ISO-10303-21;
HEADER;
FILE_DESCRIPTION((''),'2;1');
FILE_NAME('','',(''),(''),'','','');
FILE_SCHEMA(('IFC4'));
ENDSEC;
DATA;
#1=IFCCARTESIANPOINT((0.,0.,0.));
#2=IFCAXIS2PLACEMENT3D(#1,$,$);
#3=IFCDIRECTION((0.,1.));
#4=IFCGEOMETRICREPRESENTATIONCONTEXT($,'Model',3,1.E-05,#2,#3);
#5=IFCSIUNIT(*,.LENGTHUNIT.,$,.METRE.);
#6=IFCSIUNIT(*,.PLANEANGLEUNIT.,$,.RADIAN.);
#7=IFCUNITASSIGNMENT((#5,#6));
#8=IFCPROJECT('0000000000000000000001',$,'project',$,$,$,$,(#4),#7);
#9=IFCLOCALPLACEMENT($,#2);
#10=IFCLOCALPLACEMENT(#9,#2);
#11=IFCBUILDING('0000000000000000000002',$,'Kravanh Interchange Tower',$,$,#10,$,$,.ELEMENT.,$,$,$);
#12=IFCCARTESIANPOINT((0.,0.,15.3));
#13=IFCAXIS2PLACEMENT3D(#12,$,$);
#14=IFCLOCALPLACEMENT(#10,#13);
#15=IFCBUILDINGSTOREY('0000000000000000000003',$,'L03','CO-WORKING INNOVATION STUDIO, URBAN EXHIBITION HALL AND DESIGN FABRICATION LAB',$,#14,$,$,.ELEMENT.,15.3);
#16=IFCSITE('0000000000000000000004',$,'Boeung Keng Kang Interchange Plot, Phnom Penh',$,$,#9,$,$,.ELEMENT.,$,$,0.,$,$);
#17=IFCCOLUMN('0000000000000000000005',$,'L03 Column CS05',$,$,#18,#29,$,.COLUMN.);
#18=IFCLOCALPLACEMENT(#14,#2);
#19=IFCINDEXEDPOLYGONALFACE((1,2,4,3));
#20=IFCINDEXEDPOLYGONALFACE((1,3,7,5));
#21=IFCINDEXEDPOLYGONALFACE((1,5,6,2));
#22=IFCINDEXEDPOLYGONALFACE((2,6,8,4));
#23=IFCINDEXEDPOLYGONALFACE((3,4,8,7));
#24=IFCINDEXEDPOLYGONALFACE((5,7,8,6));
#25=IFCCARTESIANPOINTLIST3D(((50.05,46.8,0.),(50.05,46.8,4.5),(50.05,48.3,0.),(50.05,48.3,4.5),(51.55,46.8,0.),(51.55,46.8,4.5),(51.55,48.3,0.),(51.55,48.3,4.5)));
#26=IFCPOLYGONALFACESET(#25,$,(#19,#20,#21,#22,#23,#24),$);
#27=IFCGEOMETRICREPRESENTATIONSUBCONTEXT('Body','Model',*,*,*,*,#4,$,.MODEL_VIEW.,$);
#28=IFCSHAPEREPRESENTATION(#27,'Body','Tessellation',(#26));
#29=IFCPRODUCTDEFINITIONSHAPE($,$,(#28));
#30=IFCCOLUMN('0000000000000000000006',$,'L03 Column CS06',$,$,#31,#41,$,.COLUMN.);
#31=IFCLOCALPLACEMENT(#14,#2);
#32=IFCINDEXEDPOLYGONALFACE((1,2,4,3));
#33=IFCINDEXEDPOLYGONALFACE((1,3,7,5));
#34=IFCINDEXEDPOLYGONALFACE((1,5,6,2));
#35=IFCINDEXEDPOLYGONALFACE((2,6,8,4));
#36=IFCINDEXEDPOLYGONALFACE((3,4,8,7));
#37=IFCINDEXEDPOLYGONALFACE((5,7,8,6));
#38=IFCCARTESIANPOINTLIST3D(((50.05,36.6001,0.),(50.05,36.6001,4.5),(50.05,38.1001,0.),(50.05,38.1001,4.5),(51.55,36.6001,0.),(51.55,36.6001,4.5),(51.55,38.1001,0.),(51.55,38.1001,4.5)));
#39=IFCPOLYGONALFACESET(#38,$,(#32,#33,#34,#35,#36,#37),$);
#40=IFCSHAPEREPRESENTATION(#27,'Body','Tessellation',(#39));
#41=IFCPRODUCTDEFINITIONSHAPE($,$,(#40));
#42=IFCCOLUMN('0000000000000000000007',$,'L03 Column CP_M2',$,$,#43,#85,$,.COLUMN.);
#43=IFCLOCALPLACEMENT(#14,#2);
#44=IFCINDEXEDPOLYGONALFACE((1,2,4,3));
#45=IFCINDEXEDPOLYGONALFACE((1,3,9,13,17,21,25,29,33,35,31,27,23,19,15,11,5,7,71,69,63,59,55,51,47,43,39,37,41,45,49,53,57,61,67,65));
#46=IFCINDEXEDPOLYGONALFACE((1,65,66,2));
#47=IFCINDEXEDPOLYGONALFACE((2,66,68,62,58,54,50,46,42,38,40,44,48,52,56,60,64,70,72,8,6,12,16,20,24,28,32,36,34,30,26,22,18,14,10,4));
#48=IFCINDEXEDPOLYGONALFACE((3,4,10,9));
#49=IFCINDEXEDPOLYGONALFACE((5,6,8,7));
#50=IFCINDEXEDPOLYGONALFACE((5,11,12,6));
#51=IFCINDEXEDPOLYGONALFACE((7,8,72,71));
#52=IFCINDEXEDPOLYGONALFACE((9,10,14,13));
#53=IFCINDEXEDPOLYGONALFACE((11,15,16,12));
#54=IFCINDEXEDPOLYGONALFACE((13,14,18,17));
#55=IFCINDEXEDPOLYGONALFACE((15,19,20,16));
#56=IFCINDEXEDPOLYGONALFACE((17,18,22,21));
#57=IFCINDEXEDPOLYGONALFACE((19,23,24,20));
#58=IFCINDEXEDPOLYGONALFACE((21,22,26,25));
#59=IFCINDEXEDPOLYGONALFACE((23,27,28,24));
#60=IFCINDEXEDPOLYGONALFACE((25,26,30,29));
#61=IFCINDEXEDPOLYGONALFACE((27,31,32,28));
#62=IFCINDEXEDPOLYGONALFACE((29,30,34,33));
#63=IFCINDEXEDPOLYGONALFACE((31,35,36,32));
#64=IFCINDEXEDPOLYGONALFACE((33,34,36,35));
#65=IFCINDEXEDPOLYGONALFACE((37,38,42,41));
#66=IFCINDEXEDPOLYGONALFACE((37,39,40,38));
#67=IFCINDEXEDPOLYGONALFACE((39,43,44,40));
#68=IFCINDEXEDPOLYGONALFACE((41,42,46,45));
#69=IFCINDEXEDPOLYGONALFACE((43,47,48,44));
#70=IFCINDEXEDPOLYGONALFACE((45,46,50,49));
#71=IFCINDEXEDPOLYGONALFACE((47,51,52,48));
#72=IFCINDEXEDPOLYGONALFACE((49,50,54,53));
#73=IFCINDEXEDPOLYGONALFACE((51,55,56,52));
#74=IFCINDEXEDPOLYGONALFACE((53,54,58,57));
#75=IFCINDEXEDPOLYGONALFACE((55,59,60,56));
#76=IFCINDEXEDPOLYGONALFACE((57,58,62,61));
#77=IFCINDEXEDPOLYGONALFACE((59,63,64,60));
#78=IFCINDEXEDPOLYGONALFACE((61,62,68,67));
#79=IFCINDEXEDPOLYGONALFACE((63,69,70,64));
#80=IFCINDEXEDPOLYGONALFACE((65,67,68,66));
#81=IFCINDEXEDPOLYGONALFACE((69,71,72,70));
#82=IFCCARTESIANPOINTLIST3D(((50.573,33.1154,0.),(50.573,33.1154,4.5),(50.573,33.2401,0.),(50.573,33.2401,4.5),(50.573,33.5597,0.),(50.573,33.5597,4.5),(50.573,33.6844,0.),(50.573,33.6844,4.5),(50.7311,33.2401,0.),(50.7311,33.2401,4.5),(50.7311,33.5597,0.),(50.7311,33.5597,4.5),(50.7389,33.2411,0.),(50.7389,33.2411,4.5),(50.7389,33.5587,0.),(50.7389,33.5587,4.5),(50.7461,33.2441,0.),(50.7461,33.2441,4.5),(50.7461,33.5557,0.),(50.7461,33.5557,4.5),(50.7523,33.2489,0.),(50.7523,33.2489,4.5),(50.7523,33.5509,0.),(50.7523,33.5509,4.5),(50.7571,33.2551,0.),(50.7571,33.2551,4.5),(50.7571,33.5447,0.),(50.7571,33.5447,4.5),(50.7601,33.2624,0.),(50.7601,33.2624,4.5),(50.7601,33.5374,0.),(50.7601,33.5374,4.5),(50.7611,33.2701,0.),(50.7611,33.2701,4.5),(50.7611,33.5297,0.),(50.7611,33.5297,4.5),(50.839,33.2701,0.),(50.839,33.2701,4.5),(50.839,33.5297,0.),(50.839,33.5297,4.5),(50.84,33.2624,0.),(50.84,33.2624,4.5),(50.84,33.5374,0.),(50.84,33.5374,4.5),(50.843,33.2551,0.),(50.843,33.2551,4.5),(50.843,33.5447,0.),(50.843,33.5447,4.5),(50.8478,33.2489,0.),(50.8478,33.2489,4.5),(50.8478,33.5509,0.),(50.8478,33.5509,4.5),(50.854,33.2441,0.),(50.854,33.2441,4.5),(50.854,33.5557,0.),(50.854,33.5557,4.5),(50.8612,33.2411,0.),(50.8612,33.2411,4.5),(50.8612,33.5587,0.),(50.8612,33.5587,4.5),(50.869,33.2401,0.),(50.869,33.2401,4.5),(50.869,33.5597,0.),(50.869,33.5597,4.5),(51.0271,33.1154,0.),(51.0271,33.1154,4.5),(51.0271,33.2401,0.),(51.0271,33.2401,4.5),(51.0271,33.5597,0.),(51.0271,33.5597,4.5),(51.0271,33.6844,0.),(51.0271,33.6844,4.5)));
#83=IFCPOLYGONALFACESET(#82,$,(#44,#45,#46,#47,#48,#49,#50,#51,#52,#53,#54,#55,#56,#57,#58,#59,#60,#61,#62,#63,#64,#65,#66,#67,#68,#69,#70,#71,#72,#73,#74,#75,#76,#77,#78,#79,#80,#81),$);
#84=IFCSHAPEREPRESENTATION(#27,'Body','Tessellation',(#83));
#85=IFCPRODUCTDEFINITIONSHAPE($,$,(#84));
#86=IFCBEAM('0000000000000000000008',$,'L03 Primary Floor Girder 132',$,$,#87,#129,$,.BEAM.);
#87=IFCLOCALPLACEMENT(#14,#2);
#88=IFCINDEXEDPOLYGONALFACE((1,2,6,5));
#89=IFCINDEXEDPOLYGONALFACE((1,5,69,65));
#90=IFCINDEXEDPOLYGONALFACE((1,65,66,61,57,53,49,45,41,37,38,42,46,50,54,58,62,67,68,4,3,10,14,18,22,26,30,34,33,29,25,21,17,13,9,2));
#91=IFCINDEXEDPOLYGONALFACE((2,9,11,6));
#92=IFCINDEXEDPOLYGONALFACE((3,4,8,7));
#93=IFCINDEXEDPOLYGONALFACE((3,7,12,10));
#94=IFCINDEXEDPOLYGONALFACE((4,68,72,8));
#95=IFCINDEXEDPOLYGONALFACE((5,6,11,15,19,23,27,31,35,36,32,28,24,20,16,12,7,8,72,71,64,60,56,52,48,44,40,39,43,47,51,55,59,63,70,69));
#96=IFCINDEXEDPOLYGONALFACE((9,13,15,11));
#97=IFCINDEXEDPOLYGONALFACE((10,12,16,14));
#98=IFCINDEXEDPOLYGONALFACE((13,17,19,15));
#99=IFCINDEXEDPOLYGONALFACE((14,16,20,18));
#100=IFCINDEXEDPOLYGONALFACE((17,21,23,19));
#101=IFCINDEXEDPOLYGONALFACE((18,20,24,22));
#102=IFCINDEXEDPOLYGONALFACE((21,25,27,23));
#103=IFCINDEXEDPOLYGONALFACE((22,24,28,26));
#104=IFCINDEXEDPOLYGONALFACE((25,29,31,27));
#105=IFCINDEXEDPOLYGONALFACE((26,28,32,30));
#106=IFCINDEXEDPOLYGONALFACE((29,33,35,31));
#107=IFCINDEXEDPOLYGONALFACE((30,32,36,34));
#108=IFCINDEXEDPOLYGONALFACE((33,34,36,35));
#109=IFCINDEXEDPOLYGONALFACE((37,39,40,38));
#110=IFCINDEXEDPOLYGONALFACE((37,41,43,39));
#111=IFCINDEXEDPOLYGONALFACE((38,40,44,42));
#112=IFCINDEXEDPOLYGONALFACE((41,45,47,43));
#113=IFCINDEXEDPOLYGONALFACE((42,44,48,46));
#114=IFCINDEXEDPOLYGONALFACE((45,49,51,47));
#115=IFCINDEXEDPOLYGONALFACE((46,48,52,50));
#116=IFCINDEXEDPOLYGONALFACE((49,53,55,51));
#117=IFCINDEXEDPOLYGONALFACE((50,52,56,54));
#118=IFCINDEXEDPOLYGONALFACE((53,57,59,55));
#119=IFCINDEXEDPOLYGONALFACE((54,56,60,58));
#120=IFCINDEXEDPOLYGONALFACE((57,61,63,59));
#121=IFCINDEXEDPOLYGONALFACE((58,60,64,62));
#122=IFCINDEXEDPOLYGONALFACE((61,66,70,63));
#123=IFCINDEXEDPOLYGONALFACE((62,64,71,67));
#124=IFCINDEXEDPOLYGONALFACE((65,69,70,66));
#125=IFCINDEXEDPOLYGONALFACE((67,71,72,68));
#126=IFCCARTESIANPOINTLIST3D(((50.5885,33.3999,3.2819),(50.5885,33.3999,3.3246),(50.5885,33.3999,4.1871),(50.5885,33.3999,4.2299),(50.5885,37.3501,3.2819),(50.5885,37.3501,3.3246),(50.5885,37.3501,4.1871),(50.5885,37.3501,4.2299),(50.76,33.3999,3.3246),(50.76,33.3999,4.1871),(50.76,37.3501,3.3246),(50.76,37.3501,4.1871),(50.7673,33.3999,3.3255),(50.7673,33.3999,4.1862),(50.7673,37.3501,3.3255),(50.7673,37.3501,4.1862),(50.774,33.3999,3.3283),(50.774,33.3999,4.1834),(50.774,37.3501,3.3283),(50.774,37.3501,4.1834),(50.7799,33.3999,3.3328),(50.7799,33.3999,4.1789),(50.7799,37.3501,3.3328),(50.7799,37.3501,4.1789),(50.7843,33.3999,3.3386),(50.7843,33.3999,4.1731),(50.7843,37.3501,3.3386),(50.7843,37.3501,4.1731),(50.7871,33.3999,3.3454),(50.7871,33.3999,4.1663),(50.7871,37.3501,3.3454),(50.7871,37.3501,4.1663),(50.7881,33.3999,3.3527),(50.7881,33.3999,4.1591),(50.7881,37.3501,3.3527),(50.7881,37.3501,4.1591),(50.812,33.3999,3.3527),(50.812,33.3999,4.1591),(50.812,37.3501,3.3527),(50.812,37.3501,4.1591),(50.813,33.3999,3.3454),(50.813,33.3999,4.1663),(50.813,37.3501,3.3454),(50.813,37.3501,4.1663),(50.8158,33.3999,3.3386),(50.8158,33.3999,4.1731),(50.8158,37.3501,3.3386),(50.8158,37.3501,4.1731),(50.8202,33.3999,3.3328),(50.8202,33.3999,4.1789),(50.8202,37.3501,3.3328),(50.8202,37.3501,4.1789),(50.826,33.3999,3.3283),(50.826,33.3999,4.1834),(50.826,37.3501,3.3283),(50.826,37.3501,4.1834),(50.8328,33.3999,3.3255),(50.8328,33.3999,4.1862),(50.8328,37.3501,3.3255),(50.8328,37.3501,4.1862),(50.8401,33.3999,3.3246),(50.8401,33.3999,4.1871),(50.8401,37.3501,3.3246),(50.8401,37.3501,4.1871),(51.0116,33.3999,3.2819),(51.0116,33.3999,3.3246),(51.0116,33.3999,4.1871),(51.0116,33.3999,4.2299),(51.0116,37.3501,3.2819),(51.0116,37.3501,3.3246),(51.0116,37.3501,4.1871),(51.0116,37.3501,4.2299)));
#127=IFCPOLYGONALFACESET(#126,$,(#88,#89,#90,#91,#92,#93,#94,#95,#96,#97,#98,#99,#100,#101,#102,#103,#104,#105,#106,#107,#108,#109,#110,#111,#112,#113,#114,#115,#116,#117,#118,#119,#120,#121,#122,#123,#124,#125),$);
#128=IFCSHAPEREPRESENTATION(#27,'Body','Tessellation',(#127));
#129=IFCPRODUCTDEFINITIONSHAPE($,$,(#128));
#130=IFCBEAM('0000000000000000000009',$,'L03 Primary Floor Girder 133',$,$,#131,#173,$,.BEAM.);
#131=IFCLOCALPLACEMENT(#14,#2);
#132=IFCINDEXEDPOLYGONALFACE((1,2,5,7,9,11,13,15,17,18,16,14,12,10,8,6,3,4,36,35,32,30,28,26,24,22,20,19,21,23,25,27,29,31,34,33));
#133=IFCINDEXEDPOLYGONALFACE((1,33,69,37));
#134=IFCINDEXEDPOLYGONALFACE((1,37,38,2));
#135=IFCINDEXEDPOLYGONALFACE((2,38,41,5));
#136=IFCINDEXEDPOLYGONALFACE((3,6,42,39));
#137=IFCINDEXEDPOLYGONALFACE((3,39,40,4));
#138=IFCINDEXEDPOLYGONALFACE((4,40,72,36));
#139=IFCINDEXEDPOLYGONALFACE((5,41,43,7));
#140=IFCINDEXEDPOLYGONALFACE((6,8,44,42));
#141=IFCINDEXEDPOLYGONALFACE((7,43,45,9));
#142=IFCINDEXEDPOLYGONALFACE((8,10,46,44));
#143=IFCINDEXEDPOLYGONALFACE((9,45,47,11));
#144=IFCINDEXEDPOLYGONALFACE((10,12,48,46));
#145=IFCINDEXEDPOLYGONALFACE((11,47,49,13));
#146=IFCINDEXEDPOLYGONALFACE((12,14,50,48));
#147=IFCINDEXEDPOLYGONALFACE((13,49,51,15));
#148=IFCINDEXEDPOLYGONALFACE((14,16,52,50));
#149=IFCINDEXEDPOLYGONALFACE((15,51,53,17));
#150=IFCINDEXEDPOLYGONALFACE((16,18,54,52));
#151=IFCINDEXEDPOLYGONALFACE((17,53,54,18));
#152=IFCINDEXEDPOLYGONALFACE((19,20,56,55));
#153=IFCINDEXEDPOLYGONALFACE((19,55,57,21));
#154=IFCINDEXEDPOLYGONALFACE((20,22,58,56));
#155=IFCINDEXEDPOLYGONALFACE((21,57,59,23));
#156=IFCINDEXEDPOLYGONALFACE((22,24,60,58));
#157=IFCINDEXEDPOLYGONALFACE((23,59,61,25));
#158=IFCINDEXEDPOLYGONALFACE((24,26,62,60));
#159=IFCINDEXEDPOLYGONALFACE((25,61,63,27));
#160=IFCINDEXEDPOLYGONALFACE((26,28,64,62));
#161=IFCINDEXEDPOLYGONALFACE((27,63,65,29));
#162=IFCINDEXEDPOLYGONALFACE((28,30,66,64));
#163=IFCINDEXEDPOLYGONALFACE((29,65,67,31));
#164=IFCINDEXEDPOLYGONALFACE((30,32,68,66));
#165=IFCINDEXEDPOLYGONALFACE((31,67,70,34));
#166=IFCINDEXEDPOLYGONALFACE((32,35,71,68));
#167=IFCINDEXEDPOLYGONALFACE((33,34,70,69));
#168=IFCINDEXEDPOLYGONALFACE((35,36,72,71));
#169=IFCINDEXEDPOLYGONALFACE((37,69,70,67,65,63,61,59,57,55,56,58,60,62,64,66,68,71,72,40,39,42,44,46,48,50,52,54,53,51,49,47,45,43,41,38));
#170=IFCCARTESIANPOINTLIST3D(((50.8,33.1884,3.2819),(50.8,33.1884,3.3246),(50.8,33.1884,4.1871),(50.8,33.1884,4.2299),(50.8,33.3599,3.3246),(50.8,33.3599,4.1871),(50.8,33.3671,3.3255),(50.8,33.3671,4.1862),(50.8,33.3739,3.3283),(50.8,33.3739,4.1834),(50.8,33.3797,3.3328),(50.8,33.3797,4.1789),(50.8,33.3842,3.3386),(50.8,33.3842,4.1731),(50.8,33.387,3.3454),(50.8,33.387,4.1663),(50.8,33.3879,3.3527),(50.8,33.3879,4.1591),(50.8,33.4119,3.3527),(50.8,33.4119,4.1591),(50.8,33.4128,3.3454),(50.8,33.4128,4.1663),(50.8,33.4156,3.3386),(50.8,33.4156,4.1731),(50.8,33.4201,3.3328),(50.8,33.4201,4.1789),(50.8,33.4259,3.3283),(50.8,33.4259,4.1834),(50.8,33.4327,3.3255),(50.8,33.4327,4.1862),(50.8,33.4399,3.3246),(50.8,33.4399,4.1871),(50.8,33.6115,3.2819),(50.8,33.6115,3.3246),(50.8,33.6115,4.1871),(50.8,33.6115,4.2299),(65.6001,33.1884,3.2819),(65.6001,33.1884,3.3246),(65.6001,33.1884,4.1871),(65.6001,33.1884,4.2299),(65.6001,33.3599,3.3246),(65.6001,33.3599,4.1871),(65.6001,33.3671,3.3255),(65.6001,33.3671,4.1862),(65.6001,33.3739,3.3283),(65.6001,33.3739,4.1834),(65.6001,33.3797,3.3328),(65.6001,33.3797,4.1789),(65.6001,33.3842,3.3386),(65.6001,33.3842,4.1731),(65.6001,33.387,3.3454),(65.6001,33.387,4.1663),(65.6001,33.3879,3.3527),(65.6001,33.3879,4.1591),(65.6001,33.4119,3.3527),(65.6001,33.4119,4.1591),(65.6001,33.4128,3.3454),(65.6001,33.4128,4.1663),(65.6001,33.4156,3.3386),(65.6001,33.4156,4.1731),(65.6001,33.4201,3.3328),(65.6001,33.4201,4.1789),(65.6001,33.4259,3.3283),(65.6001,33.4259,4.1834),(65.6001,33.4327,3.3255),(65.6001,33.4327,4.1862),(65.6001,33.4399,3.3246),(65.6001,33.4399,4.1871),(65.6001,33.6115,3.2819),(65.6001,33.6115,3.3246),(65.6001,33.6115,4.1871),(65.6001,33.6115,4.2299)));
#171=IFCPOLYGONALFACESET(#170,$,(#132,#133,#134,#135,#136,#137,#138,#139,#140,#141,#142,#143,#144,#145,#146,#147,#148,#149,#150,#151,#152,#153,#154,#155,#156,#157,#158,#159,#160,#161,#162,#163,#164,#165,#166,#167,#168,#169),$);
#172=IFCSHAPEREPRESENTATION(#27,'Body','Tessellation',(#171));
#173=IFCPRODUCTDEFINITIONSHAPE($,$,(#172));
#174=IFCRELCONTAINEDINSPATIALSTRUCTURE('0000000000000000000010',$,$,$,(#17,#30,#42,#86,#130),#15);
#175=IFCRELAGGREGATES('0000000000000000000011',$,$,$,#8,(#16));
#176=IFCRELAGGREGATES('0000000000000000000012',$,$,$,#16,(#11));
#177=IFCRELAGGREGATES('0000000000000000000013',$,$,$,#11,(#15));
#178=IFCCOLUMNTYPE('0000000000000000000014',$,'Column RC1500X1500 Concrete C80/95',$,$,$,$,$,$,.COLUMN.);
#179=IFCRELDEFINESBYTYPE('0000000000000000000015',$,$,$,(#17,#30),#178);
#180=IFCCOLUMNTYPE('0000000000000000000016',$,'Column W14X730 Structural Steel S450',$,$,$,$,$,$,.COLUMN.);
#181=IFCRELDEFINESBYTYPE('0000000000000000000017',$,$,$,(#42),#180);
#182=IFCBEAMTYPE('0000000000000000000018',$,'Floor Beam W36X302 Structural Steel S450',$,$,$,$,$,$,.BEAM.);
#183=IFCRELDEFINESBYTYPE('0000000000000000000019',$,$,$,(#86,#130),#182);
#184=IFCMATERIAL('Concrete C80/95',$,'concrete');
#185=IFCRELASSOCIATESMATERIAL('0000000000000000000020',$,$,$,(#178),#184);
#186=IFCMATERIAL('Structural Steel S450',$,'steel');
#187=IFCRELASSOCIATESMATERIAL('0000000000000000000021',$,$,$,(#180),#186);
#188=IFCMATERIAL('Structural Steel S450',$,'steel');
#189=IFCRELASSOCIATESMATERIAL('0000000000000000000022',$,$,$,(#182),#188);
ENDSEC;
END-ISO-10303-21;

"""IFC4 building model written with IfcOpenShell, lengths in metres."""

from ifc_helpers import new_model, si_unit, direction, frame, origin, origin_2d, place, context, subcontext, project, spatial, rectangle, i_section, extrude, material, material_profile, profile_set, type_object, element, save


model = new_model("IFC4")

# Units and contexts
model_context = context("Model", 3, precision=1e-05, world=origin(), true_north=direction((0.0, 1.0)))
body_context = subcontext(model_context, "Body", "Model", "MODEL_VIEW")
ifc_project = project(units=[si_unit("LENGTHUNIT", "METRE"), si_unit("PLANEANGLEUNIT", "RADIAN")], contexts=[model_context])

# Site, building, storey
site_placement = place(None, origin())
site = spatial("IfcSite", under=ifc_project, at=site_placement, Name="Boeung Keng Kang Interchange Plot, Phnom Penh", CompositionType="ELEMENT", RefElevation=0.0)
building_placement = place(site_placement, origin())
building = spatial("IfcBuilding", under=site, at=building_placement, Name="Kravanh Interchange Tower", CompositionType="ELEMENT")
storey_placement = place(building_placement, frame((0.0, 0.0, 15.3)))
storey = spatial("IfcBuildingStorey", under=building, at=storey_placement, Name="L03", Description="CO-WORKING INNOVATION STUDIO, URBAN EXHIBITION HALL AND DESIGN FABRICATION LAB", CompositionType="ELEMENT", Elevation=15.3)

# Columns
ifc_material_1 = material(Name="Concrete C80/95", Category="concrete")
ifc_material_profile_1 = material_profile(ifc_material_1, rectangle(XDim=1.5, YDim=1.5, at=origin_2d()), Name="RC1500X1500")
ifc_profile_set_1 = profile_set([ifc_material_profile_1], Name="Concrete C80/95")
column_type_1 = type_object("IfcColumnType", Name="Column RC1500X1500 Concrete C80/95", PredefinedType="COLUMN", material=ifc_profile_set_1)
for number, where, z_axis, x_axis, name in (
    (1, (50.8, 47.55, 0.0), (0.0, 0.0, 1.0), (1.0, 0.0, 0.0), "L03 Column CS05"),
    (2, (50.8, 37.3501, 0.0), (0.0, 0.0, 1.0), (1.0, 0.0, 0.0), "L03 Column CS06"),
):
    element("IfcColumn", number, at=place(storey_placement, frame(where, z_axis=z_axis, x_axis=x_axis)), inside=storey, type_object=column_type_1, Name=name, PredefinedType="COLUMN", context=body_context, shape_type="SweptSolid", body=[
        extrude(rectangle(XDim=1.5, YDim=1.5, at=origin_2d()), origin(), (0.0, 0.0, 1.0), 4.5),
    ])
ifc_material_2 = material(Name="Structural Steel S450", Category="steel")
ifc_material_profile_2 = material_profile(ifc_material_2, i_section(OverallWidth=0.4541, OverallDepth=0.5691, WebThickness=0.0779, FlangeThickness=0.1248, FilletRadius=0.03, at=origin_2d()), Name="W14X730")
ifc_profile_set_2 = profile_set([ifc_material_profile_2], Name="Structural Steel S450")
column_type_2 = type_object("IfcColumnType", Name="Column W14X730 Structural Steel S450", PredefinedType="COLUMN", material=ifc_profile_set_2)
column_placement = place(storey_placement, frame((50.8, 33.3999, 0.0), z_axis=(0.0, 0.0, 1.0), x_axis=(1.0, 0.0, 0.0)))
element("IfcColumn", 3, at=column_placement, inside=storey, type_object=column_type_2, Name="L03 Column CP_M2", PredefinedType="COLUMN", context=body_context, shape_type="SweptSolid", body=[
    extrude(i_section(OverallWidth=0.4541, OverallDepth=0.5691, WebThickness=0.0779, FlangeThickness=0.1248, FilletRadius=0.03, at=origin_2d()), origin(), (0.0, 0.0, 1.0), 4.5),
])

# Beams
ifc_material_3 = material(Name="Structural Steel S450", Category="steel")
ifc_material_profile_3 = material_profile(ifc_material_3, i_section(OverallWidth=0.4231, OverallDepth=0.948, WebThickness=0.0239, FlangeThickness=0.0427, FilletRadius=0.0281, at=origin_2d()), Name="W36X302")
ifc_profile_set_3 = profile_set([ifc_material_profile_3], Name="Structural Steel S450")
beam_type_1 = type_object("IfcBeamType", Name="Floor Beam W36X302 Structural Steel S450", PredefinedType="BEAM", material=ifc_profile_set_3)
beam_1_placement = place(storey_placement, frame((50.8, 33.3999, 3.7559), z_axis=(0.0, 1.0, 0.0), x_axis=(-1.0, 0.0, 0.0)))
element("IfcBeam", 4, at=beam_1_placement, inside=storey, type_object=beam_type_1, Name="L03 Primary Floor Girder 132", PredefinedType="BEAM", context=body_context, shape_type="SweptSolid", body=[
    extrude(i_section(OverallWidth=0.4231, OverallDepth=0.948, WebThickness=0.0239, FlangeThickness=0.0427, FilletRadius=0.0281, at=origin_2d()), origin(), (0.0, 0.0, 1.0), 3.9502),
])
beam_2_placement = place(storey_placement, frame((50.8, 33.3999, 3.7559), z_axis=(1.0, 0.0, 0.0), x_axis=(0.0, 1.0, 0.0)))
element("IfcBeam", 5, at=beam_2_placement, inside=storey, type_object=beam_type_1, Name="L03 Primary Floor Girder 133", PredefinedType="BEAM", context=body_context, shape_type="SweptSolid", body=[
    extrude(i_section(OverallWidth=0.4231, OverallDepth=0.948, WebThickness=0.0239, FlangeThickness=0.0427, FilletRadius=0.0281, at=origin_2d()), origin(), (0.0, 0.0, 1.0), 14.8),
])

save(model, "model.ifc")
